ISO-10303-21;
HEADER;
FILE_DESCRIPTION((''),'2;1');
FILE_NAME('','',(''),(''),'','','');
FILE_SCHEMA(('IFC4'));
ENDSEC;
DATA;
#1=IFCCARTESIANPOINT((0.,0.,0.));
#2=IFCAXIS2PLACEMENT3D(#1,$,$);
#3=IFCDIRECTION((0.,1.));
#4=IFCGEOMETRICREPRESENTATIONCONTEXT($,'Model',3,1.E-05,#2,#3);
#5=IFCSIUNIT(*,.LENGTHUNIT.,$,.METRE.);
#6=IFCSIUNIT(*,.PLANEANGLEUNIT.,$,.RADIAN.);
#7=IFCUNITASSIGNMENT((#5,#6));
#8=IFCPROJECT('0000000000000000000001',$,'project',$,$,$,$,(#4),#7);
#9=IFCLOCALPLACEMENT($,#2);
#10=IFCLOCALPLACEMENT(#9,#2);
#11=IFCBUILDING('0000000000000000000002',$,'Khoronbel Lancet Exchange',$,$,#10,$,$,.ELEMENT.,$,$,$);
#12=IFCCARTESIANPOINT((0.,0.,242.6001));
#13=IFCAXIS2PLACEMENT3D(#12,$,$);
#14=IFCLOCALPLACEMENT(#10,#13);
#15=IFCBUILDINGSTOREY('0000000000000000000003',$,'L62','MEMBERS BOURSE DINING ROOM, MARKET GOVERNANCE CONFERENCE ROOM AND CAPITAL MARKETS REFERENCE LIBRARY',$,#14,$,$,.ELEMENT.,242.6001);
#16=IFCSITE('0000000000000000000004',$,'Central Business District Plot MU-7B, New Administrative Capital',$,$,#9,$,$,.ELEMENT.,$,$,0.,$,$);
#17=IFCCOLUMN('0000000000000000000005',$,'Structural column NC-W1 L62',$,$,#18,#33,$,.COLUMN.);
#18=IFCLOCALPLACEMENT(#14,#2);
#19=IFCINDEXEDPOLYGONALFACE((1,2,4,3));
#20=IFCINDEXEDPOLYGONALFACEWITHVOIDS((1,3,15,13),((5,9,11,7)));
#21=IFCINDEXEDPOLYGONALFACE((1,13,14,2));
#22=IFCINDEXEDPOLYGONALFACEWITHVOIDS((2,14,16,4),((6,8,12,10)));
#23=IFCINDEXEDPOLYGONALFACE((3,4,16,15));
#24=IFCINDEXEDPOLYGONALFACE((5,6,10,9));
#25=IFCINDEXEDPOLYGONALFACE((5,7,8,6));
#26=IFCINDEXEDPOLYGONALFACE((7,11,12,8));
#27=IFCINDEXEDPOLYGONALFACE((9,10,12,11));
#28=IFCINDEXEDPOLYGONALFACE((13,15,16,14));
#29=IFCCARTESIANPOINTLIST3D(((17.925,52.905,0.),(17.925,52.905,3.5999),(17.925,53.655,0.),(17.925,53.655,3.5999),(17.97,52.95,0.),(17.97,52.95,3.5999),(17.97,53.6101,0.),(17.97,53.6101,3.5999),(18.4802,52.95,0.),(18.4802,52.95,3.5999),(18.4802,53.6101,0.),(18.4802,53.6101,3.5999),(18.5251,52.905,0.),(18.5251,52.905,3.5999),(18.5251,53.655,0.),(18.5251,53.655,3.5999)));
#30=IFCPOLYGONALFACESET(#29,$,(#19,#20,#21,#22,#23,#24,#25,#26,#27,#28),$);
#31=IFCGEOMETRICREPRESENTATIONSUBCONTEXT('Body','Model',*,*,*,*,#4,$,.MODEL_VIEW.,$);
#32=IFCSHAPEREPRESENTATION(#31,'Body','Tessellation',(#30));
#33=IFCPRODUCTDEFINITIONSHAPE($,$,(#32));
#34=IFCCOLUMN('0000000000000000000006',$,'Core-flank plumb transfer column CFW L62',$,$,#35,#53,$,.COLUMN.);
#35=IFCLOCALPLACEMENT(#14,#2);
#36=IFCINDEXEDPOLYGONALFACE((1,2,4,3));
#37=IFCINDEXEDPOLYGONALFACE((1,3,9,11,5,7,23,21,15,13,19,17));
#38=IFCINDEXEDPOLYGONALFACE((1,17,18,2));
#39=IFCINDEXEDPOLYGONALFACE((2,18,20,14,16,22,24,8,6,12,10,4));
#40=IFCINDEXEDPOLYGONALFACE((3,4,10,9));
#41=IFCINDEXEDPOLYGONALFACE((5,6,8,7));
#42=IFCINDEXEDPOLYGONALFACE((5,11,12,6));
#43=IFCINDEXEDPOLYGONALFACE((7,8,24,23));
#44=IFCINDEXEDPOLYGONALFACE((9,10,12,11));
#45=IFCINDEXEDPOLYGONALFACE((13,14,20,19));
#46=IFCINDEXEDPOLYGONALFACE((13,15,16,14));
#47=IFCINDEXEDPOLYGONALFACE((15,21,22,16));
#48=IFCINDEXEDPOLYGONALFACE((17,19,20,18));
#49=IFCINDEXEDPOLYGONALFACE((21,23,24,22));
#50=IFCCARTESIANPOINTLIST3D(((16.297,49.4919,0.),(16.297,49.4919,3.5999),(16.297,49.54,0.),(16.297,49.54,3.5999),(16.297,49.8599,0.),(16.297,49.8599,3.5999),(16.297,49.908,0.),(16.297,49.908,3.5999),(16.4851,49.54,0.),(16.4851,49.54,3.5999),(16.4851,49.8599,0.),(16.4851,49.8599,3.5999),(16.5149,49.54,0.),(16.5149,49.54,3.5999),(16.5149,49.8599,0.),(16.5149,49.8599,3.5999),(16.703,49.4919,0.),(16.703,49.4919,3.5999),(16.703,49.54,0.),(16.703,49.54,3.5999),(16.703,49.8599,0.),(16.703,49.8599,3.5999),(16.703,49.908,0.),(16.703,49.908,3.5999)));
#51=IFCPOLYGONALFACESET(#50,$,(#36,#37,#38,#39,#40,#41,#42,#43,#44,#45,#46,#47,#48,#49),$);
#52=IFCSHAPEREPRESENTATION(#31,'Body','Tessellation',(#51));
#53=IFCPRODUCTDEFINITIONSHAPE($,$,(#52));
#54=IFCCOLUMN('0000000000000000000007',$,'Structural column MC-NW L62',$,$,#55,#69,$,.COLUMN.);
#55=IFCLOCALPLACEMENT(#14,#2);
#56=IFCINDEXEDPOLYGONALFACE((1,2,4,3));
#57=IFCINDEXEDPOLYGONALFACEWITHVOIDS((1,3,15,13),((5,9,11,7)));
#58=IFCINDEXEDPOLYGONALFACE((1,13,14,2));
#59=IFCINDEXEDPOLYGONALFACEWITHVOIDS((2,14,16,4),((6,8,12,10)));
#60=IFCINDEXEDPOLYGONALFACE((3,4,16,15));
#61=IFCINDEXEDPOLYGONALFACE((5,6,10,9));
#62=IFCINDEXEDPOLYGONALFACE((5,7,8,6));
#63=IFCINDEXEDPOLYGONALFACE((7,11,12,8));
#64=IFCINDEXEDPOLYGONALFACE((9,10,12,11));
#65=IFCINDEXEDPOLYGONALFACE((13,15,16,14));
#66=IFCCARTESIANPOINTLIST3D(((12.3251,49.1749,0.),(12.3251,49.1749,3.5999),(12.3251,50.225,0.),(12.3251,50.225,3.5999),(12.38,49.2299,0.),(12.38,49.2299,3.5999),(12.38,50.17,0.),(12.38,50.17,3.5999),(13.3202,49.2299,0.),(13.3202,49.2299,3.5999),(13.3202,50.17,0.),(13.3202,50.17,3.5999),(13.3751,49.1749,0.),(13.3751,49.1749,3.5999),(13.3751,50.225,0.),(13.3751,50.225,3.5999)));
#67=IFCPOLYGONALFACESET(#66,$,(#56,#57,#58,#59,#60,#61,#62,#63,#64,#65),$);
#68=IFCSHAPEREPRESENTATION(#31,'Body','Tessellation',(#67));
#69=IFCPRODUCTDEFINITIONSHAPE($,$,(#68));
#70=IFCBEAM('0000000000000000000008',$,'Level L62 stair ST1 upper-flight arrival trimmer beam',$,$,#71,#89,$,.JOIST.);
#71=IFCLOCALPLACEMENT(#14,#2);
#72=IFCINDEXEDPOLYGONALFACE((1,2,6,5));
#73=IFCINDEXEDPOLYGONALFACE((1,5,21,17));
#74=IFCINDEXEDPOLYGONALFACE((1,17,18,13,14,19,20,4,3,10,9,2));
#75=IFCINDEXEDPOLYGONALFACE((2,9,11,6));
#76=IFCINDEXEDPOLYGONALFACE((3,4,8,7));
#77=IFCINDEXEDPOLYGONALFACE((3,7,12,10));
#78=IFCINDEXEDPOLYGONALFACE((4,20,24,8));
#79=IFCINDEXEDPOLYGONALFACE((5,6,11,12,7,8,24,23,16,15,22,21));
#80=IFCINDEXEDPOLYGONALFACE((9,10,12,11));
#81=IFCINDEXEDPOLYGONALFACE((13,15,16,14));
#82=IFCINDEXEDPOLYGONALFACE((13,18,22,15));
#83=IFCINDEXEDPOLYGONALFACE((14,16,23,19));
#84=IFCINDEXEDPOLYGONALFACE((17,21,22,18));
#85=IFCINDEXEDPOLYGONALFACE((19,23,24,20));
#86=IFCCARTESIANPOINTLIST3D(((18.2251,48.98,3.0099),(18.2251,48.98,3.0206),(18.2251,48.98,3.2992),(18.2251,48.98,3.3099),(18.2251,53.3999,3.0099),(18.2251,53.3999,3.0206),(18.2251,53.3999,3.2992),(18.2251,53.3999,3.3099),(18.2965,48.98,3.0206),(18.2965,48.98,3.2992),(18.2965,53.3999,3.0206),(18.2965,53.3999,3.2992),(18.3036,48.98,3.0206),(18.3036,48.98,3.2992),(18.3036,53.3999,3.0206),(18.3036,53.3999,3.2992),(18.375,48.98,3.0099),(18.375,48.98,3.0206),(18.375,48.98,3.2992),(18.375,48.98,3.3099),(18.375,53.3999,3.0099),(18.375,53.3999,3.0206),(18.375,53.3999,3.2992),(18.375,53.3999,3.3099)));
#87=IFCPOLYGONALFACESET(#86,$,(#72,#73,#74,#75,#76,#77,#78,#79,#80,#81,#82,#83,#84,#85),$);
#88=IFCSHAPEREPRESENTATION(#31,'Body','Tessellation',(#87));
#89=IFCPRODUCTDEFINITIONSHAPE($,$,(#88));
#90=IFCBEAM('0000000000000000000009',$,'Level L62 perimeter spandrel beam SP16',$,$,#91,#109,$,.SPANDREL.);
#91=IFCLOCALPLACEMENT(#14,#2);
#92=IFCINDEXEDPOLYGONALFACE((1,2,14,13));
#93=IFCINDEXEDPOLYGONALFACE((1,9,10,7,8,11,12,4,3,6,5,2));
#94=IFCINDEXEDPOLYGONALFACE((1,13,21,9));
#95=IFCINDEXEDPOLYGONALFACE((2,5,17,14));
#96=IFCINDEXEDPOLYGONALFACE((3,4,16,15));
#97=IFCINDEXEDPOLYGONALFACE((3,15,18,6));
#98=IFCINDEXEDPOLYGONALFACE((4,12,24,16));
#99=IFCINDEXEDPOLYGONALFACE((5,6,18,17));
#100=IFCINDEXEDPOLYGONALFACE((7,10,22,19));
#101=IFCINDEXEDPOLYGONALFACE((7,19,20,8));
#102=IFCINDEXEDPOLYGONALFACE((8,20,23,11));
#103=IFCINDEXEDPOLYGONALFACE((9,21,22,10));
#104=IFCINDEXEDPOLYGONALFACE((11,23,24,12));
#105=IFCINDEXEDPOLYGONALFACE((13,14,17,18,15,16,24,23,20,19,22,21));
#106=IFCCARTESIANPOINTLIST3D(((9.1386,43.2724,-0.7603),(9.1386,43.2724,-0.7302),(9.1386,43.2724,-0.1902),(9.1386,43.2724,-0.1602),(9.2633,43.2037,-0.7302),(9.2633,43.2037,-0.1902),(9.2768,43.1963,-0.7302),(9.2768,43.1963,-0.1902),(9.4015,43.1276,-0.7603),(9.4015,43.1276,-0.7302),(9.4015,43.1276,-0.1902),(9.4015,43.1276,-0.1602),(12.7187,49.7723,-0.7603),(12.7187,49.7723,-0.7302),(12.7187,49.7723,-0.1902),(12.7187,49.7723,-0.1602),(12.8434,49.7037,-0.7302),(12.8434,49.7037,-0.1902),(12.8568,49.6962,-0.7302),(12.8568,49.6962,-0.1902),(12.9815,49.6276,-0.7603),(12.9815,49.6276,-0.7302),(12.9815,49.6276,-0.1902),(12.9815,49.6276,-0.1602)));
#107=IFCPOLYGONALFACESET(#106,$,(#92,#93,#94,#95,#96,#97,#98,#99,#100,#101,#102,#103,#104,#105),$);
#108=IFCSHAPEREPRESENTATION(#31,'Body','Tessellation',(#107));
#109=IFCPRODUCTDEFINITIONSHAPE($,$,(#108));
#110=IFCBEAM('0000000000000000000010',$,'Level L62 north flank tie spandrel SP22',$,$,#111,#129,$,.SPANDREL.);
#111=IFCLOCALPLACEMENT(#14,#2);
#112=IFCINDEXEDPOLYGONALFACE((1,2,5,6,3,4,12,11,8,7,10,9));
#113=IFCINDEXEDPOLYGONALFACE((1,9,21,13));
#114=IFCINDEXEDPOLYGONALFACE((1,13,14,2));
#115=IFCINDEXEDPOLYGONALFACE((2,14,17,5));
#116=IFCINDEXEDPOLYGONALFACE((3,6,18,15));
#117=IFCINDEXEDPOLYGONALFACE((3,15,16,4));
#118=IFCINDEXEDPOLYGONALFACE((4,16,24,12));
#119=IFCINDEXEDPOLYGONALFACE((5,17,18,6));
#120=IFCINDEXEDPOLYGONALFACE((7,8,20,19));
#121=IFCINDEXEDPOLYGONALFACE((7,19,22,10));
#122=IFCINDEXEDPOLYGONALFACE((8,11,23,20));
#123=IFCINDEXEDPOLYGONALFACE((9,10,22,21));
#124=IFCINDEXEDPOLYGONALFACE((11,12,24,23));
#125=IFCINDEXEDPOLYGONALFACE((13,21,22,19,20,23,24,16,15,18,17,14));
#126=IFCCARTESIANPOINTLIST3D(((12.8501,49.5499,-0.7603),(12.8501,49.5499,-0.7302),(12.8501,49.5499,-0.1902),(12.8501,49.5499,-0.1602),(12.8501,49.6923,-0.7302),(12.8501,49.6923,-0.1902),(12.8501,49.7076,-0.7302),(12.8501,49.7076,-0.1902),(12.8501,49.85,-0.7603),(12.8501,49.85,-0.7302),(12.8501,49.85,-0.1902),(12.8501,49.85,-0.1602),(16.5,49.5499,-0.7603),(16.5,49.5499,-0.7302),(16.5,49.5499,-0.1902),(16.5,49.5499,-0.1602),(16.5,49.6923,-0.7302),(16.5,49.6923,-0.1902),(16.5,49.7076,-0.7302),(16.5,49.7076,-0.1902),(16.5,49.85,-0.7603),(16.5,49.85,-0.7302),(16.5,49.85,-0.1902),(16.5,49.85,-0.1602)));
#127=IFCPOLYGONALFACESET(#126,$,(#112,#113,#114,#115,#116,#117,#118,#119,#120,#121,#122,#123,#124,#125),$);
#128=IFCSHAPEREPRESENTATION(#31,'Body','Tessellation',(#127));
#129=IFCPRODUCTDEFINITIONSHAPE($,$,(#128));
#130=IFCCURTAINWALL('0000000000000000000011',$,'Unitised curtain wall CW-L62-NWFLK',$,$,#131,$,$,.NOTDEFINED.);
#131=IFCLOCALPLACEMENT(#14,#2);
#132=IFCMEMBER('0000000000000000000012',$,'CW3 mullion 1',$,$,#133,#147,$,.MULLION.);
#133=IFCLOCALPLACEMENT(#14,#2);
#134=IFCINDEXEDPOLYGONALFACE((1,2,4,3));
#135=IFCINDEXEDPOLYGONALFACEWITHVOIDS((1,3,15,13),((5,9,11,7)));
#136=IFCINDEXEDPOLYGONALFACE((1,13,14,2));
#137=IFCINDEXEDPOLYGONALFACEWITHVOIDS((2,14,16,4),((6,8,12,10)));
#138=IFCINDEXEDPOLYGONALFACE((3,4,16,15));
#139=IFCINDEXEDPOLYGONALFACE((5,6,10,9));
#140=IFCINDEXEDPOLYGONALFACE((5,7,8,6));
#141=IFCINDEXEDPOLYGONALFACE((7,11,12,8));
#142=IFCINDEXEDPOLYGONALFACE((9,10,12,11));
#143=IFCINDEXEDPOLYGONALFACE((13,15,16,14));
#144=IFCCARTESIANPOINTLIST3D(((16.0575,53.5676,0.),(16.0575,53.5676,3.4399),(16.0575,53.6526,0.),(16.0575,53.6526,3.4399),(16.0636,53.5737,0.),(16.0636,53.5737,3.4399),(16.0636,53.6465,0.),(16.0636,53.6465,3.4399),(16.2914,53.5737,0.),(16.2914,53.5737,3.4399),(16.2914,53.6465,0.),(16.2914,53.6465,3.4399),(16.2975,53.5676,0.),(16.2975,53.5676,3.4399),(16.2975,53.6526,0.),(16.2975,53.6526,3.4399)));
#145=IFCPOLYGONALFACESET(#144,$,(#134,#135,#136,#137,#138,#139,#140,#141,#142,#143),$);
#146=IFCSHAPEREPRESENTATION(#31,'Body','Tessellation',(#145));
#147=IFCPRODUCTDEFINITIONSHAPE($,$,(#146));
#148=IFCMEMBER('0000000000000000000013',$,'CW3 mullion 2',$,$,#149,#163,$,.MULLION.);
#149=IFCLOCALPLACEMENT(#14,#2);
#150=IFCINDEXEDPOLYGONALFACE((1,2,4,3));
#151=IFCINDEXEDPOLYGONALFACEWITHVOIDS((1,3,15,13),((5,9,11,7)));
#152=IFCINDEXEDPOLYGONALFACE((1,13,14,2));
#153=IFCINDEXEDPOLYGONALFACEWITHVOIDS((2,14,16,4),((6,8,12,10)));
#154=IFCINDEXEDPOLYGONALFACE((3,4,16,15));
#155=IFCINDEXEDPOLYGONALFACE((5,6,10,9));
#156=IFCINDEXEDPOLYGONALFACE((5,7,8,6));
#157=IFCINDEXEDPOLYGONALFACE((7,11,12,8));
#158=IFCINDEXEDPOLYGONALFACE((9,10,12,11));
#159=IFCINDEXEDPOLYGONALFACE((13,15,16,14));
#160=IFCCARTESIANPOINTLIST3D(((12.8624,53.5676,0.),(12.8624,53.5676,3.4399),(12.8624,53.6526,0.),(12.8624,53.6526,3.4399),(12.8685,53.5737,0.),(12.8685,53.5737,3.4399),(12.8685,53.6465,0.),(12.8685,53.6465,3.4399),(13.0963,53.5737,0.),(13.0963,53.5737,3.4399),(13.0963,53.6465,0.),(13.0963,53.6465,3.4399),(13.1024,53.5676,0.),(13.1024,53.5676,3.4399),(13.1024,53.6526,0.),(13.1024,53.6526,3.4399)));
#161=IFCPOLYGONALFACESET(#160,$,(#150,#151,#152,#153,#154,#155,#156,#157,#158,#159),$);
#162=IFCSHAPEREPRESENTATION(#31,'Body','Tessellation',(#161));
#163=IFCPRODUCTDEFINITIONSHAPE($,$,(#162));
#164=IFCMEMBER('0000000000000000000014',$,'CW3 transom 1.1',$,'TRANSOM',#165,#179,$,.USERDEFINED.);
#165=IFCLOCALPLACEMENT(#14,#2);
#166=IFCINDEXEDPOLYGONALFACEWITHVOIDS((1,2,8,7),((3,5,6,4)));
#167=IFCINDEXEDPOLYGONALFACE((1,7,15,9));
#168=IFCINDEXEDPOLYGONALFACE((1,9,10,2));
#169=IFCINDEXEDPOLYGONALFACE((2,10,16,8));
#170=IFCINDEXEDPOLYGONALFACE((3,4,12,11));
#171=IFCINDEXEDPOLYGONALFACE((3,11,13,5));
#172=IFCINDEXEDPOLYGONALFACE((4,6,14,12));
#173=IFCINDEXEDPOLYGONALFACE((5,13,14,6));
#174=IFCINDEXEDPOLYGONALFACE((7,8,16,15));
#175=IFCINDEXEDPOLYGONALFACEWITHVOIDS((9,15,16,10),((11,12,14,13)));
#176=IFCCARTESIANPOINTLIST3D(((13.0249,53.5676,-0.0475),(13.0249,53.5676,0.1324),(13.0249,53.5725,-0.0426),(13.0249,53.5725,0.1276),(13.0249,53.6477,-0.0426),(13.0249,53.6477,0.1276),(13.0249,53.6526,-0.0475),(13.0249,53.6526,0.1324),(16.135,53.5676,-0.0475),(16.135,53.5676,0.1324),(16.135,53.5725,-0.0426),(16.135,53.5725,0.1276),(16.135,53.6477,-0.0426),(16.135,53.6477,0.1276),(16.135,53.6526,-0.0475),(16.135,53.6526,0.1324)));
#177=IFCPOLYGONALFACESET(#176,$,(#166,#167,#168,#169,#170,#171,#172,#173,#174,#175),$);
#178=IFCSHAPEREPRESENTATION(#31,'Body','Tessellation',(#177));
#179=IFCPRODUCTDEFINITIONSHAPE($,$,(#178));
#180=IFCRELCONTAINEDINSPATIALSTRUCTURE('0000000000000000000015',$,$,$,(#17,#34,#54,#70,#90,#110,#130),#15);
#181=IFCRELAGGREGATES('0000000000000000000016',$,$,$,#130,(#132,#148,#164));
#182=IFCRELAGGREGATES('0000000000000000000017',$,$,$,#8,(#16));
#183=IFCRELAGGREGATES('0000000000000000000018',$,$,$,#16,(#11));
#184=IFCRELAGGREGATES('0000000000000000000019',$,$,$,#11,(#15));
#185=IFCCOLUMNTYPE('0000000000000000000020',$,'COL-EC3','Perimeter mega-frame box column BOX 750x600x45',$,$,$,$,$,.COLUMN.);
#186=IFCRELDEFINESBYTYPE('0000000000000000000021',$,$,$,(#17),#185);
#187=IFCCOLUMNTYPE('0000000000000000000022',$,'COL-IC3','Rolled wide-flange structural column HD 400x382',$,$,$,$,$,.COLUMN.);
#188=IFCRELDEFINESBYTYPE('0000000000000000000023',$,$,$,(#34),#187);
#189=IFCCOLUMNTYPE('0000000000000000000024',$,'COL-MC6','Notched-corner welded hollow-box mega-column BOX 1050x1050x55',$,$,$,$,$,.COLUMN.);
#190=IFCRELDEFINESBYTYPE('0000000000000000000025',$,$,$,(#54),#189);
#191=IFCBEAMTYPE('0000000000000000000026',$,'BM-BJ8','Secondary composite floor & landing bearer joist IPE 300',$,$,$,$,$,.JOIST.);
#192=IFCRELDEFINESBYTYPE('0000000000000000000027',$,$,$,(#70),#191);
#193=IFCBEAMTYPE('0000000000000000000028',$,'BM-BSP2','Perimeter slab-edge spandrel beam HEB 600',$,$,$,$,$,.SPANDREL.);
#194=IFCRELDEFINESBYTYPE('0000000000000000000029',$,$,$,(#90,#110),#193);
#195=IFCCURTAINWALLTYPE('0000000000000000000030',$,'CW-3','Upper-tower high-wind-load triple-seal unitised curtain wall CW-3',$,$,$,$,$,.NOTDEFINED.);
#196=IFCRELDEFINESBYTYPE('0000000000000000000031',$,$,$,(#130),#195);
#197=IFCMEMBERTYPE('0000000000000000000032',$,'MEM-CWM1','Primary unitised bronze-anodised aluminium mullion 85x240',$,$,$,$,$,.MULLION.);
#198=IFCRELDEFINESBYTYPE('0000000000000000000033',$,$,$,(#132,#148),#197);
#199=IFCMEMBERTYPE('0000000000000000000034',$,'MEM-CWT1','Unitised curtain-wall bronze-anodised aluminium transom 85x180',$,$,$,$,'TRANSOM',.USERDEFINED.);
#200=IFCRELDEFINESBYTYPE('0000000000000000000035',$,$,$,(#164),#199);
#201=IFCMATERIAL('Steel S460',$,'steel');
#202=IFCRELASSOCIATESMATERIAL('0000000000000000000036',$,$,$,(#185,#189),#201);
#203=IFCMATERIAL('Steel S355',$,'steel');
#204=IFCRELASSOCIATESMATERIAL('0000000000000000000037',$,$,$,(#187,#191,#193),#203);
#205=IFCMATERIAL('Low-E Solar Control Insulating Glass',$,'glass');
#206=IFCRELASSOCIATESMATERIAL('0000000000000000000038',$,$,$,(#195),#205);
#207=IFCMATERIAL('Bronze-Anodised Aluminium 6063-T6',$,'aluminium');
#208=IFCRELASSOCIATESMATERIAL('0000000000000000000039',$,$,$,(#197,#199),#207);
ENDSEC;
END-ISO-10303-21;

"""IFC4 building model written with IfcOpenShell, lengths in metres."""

from ifc_helpers import new_model, si_unit, direction, frame, origin, origin_2d, place, context, subcontext, project, spatial, hollow_rectangle, i_section, extrude, material, material_profile, profile_set, type_object, element, aggregate, save


model = new_model("IFC4")

# Units and contexts
model_context = context("Model", 3, precision=1e-05, world=origin(), true_north=direction((0.0, 1.0)))
body_context = subcontext(model_context, "Body", "Model", "MODEL_VIEW")
ifc_project = project(units=[si_unit("LENGTHUNIT", "METRE"), si_unit("PLANEANGLEUNIT", "RADIAN")], contexts=[model_context])

# Site, building, storey
site_placement = place(None, origin())
site = spatial("IfcSite", under=ifc_project, at=site_placement, Name="Central Business District Plot MU-7B, New Administrative Capital", CompositionType="ELEMENT", RefElevation=0.0)
building_placement = place(site_placement, origin())
building = spatial("IfcBuilding", under=site, at=building_placement, Name="Khoronbel Lancet Exchange", CompositionType="ELEMENT")
storey_placement = place(building_placement, frame((0.0, 0.0, 242.6001)))
storey = spatial("IfcBuildingStorey", under=building, at=storey_placement, Name="L62", Description="MEMBERS BOURSE DINING ROOM, MARKET GOVERNANCE CONFERENCE ROOM AND CAPITAL MARKETS REFERENCE LIBRARY", CompositionType="ELEMENT", Elevation=242.6001)

# Columns
ifc_material_1 = material(Name="Steel S460", Category="steel")
ifc_material_profile_1 = material_profile(ifc_material_1, hollow_rectangle(XDim=0.6001, YDim=0.75, WallThickness=0.0449, at=origin_2d()), Name="BOX 750x600x45")
ifc_profile_set_1 = profile_set([ifc_material_profile_1], Name="Steel S460")
column_type_1 = type_object("IfcColumnType", Name="COL-EC3", Description="Perimeter mega-frame box column BOX 750x600x45", PredefinedType="COLUMN", material=ifc_profile_set_1)
column_1_placement = place(storey_placement, frame((18.2251, 53.28, 0.0), z_axis=(0.0, 0.0, 1.0), x_axis=(1.0, 0.0, 0.0)))
element("IfcColumn", 1, at=column_1_placement, inside=storey, type_object=column_type_1, Name="Structural column NC-W1 L62", PredefinedType="COLUMN", context=body_context, shape_type="SweptSolid", body=[
    extrude(hollow_rectangle(XDim=0.6001, YDim=0.75, WallThickness=0.0449, at=origin_2d()), origin(), (0.0, 0.0, 1.0), 3.5999),
])
ifc_material_2 = material(Name="Steel S355", Category="steel")
ifc_material_profile_2 = material_profile(ifc_material_2, i_section(OverallWidth=0.406, OverallDepth=0.416, WebThickness=0.0298, FlangeThickness=0.0481, at=origin_2d()), Name="HD 400x382")
ifc_profile_set_2 = profile_set([ifc_material_profile_2], Name="Steel S355")
column_type_2 = type_object("IfcColumnType", Name="COL-IC3", Description="Rolled wide-flange structural column HD 400x382", PredefinedType="COLUMN", material=ifc_profile_set_2)
column_2_placement = place(storey_placement, frame((16.5, 49.7, 0.0), z_axis=(0.0, 0.0, 1.0), x_axis=(1.0, 0.0, 0.0)))
element("IfcColumn", 2, at=column_2_placement, inside=storey, type_object=column_type_2, Name="Core-flank plumb transfer column CFW L62", PredefinedType="COLUMN", context=body_context, shape_type="SweptSolid", body=[
    extrude(i_section(OverallWidth=0.406, OverallDepth=0.416, WebThickness=0.0298, FlangeThickness=0.0481, at=origin_2d()), origin(), (0.0, 0.0, 1.0), 3.5999),
])
ifc_material_profile_3 = material_profile(ifc_material_1, hollow_rectangle(XDim=1.05, YDim=1.05, WallThickness=0.0549, at=origin_2d()), Name="BOX 1050x1050x55")
ifc_profile_set_3 = profile_set([ifc_material_profile_3], Name="Steel S460")
column_type_3 = type_object("IfcColumnType", Name="COL-MC6", Description="Notched-corner welded hollow-box mega-column BOX 1050x1050x55", PredefinedType="COLUMN", material=ifc_profile_set_3)
column_3_placement = place(storey_placement, frame((12.8501, 49.7, 0.0), z_axis=(0.0, 0.0, 1.0), x_axis=(1.0, 0.0, 0.0)))
element("IfcColumn", 3, at=column_3_placement, inside=storey, type_object=column_type_3, Name="Structural column MC-NW L62", PredefinedType="COLUMN", context=body_context, shape_type="SweptSolid", body=[
    extrude(hollow_rectangle(XDim=1.05, YDim=1.05, WallThickness=0.0549, at=origin_2d()), origin(), (0.0, 0.0, 1.0), 3.5999),
])

# Beams
ifc_material_profile_4 = material_profile(ifc_material_2, i_section(OverallWidth=0.1499, OverallDepth=0.3, WebThickness=0.0071, FlangeThickness=0.0107, at=origin_2d()), Name="IPE 300")
ifc_profile_set_4 = profile_set([ifc_material_profile_4], Name="Steel S355")
beam_type_1 = type_object("IfcBeamType", Name="BM-BJ8", Description="Secondary composite floor & landing bearer joist IPE 300", PredefinedType="JOIST", material=ifc_profile_set_4)
beam_1_placement = place(storey_placement, frame((18.3, 48.98, 3.1599), z_axis=(0.0, 1.0, 0.0), x_axis=(-1.0, 0.0, 0.0)))
element("IfcBeam", 4, at=beam_1_placement, inside=storey, type_object=beam_type_1, Name="Level L62 stair ST1 upper-flight arrival trimmer beam", PredefinedType="JOIST", context=body_context, shape_type="SweptSolid", body=[
    extrude(i_section(OverallWidth=0.1499, OverallDepth=0.3, WebThickness=0.0071, FlangeThickness=0.0107, at=origin_2d()), origin(), (0.0, 0.0, 1.0), 4.4199),
])
ifc_material_profile_5 = material_profile(ifc_material_2, i_section(OverallWidth=0.3, OverallDepth=0.6001, WebThickness=0.0154, FlangeThickness=0.03, at=origin_2d()), Name="HEB 600")
ifc_profile_set_5 = profile_set([ifc_material_profile_5], Name="Steel S355")
beam_type_2 = type_object("IfcBeamType", Name="BM-BSP2", Description="Perimeter slab-edge spandrel beam HEB 600", PredefinedType="SPANDREL", material=ifc_profile_set_5)
beam_2_placement = place(storey_placement, frame((12.8501, 49.7, -0.4602), z_axis=(-0.482444, -0.875927, 0.0), x_axis=(0.875927, -0.482444, 0.0)))
element("IfcBeam", 5, at=beam_2_placement, inside=storey, type_object=beam_type_2, Name="Level L62 perimeter spandrel beam SP16", PredefinedType="SPANDREL", context=body_context, shape_type="SweptSolid", body=[
    extrude(i_section(OverallWidth=0.3, OverallDepth=0.6001, WebThickness=0.0154, FlangeThickness=0.03, at=origin_2d()), origin(), (0.0, 0.0, 1.0), 7.4207),
])
beam_3_placement = place(storey_placement, frame((12.8501, 49.7, -0.4602), z_axis=(1.0, 0.0, 0.0), x_axis=(0.0, 1.0, 0.0)))
element("IfcBeam", 6, at=beam_3_placement, inside=storey, type_object=beam_type_2, Name="Level L62 north flank tie spandrel SP22", PredefinedType="SPANDREL", context=body_context, shape_type="SweptSolid", body=[
    extrude(i_section(OverallWidth=0.3, OverallDepth=0.6001, WebThickness=0.0154, FlangeThickness=0.03, at=origin_2d()), origin(), (0.0, 0.0, 1.0), 3.6499),
])

# Curtain wall, members
ifc_material_3 = material(Name="Low-E Solar Control Insulating Glass", Category="glass")
curtain_wall_type = type_object("IfcCurtainWallType", Name="CW-3", Description="Upper-tower high-wind-load triple-seal unitised curtain wall CW-3", PredefinedType="NOTDEFINED", material=ifc_material_3)
curtain_wall_placement = place(storey_placement, origin())
curtain_wall = element("IfcCurtainWall", 7, at=curtain_wall_placement, inside=storey, type_object=curtain_wall_type, Name="Unitised curtain wall CW-L62-NWFLK", PredefinedType="NOTDEFINED")
ifc_material_4 = material(Name="Bronze-Anodised Aluminium 6063-T6", Category="aluminium")
ifc_material_profile_6 = material_profile(ifc_material_4, hollow_rectangle(XDim=0.085, YDim=0.24, WallThickness=0.0061, at=origin_2d()), Name="ALU MULLION 85x240")
ifc_profile_set_6 = profile_set([ifc_material_profile_6], Name="Bronze-Anodised Aluminium 6063-T6")
member_type_1 = type_object("IfcMemberType", Name="MEM-CWM1", Description="Primary unitised bronze-anodised aluminium mullion 85x240", PredefinedType="MULLION", material=ifc_profile_set_6)
member_1_placement = place(storey_placement, frame((16.1775, 53.6101, 0.0), z_axis=(0.0, 0.0, 1.0), x_axis=(0.0, -1.0, 0.0)))
member_1 = element("IfcMember", 8, at=member_1_placement, type_object=member_type_1, Name="CW3 mullion 1", PredefinedType="MULLION", context=body_context, shape_type="SweptSolid", body=[
    extrude(hollow_rectangle(XDim=0.085, YDim=0.24, WallThickness=0.0061, at=origin_2d()), origin(), (0.0, 0.0, 1.0), 3.4399),
])
member_2_placement = place(storey_placement, frame((12.9824, 53.6101, 0.0), z_axis=(0.0, 0.0, 1.0), x_axis=(0.0, -1.0, 0.0)))
member_2 = element("IfcMember", 9, at=member_2_placement, type_object=member_type_1, Name="CW3 mullion 2", PredefinedType="MULLION", context=body_context, shape_type="SweptSolid", body=[
    extrude(hollow_rectangle(XDim=0.085, YDim=0.24, WallThickness=0.0061, at=origin_2d()), origin(), (0.0, 0.0, 1.0), 3.4399),
])
ifc_material_profile_7 = material_profile(ifc_material_4, hollow_rectangle(XDim=0.085, YDim=0.1799, WallThickness=0.0049, at=origin_2d()), Name="ALU TRANSOM 85x180")
ifc_profile_set_7 = profile_set([ifc_material_profile_7], Name="Bronze-Anodised Aluminium 6063-T6")
member_type_2 = type_object("IfcMemberType", Name="MEM-CWT1", Description="Unitised curtain-wall bronze-anodised aluminium transom 85x180", ElementType="TRANSOM", PredefinedType="USERDEFINED", material=ifc_profile_set_7)
member_3_placement = place(storey_placement, frame((16.135, 53.6101, 0.0425), z_axis=(-1.0, 0.0, 0.0), x_axis=(0.0, -1.0, 0.0)))
member_3 = element("IfcMember", 10, at=member_3_placement, type_object=member_type_2, Name="CW3 transom 1.1", ObjectType="TRANSOM", PredefinedType="USERDEFINED", context=body_context, shape_type="SweptSolid", body=[
    extrude(hollow_rectangle(XDim=0.085, YDim=0.1799, WallThickness=0.0049, at=origin_2d()), origin(), (0.0, 0.0, 1.0), 3.1101),
])
aggregate(curtain_wall, [member_1, member_2, member_3])

save(model, "model.ifc")
